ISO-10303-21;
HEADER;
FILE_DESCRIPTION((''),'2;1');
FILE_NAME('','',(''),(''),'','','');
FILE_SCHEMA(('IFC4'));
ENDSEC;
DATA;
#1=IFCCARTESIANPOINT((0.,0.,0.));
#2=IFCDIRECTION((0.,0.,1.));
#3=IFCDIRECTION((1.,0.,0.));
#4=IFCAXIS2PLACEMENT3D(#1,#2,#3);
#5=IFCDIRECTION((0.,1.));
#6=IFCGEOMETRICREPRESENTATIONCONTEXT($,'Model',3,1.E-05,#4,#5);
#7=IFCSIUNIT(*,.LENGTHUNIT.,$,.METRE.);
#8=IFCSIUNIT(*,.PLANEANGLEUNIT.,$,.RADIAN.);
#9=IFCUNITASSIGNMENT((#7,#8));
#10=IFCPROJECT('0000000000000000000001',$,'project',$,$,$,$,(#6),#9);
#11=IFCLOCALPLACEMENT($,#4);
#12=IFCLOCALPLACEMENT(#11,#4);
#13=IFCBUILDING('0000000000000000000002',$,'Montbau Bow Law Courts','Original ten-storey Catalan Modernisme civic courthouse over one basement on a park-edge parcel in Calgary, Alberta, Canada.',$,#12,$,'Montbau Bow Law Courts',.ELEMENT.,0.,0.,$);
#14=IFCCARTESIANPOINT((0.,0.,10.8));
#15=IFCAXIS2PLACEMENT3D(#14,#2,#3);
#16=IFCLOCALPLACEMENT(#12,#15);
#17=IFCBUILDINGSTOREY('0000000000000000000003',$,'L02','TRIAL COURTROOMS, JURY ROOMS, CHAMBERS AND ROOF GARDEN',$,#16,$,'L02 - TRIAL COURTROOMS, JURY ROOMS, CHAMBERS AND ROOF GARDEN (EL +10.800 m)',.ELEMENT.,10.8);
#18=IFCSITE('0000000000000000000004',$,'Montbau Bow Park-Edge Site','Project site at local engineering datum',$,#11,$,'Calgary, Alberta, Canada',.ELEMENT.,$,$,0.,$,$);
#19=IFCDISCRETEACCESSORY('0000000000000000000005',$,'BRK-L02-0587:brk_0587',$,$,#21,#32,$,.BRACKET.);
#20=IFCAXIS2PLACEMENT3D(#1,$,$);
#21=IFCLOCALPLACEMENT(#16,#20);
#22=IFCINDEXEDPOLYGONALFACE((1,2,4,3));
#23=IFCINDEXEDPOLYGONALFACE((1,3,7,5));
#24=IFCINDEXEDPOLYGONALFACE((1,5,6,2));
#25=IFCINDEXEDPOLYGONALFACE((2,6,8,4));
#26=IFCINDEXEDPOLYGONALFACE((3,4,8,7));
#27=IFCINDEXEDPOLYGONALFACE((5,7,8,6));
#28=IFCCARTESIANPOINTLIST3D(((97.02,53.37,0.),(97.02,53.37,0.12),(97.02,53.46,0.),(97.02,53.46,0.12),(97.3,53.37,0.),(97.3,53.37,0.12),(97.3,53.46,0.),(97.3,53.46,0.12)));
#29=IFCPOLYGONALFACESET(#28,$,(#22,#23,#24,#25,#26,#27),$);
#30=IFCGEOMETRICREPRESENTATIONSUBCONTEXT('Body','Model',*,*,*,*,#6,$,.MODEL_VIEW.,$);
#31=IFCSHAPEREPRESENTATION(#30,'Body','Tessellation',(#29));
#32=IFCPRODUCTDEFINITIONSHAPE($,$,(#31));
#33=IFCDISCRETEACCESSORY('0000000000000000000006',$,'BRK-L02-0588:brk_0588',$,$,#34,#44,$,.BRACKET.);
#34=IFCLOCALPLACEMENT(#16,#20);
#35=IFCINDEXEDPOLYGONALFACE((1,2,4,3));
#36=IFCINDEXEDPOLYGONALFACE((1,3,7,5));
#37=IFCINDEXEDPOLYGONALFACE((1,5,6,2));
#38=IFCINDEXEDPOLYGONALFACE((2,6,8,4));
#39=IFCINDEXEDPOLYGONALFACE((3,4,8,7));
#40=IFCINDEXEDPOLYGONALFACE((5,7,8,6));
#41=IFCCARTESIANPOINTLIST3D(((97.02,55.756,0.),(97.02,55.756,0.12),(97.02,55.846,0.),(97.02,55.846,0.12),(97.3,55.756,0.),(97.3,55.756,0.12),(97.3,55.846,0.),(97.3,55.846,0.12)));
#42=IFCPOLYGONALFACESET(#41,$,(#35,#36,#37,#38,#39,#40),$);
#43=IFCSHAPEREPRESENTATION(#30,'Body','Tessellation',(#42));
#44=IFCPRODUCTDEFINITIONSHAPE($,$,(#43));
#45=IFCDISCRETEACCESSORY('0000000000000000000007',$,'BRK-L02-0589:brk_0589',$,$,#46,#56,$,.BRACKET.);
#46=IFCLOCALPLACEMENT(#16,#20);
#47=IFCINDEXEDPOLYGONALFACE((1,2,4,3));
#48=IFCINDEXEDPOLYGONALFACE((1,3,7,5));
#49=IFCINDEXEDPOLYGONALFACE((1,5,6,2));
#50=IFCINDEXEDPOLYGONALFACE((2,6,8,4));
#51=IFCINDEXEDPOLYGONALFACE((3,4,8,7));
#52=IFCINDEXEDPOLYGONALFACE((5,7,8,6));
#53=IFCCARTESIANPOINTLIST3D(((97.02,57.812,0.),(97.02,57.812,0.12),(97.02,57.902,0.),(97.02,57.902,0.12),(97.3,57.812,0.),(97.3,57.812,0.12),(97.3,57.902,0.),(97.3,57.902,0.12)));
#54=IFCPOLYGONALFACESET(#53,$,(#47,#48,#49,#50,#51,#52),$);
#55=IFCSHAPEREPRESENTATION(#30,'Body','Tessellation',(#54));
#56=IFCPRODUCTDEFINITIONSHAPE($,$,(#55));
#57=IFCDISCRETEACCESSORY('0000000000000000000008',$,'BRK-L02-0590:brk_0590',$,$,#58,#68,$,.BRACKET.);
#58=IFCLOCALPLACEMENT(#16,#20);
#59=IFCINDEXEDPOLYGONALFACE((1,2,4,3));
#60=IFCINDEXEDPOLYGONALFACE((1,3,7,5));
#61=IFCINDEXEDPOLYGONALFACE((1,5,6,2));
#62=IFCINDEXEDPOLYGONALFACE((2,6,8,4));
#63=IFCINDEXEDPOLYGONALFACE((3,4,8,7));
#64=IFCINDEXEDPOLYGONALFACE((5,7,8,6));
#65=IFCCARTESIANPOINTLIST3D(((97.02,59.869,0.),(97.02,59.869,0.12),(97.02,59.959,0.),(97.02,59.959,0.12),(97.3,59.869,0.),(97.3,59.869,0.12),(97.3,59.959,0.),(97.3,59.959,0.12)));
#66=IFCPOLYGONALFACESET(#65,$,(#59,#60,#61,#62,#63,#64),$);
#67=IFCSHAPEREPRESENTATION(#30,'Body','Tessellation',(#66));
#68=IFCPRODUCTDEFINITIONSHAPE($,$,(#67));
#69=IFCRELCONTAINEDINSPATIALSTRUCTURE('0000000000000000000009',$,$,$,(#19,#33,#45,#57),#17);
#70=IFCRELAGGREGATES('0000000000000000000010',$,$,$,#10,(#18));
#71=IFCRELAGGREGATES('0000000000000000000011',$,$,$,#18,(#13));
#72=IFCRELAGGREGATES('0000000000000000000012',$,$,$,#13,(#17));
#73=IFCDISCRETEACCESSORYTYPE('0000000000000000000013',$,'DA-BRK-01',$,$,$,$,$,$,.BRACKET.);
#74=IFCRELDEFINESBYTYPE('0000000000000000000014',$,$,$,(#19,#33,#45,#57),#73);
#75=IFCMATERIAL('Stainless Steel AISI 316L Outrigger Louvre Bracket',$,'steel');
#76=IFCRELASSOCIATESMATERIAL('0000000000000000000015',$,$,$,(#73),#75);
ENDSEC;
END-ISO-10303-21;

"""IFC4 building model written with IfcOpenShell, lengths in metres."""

from ifc_helpers import new_model, si_unit, direction, frame, origin_with_axes, origin_2d_with_axis, place, context, subcontext, project, spatial, rectangle, extrude, material, type_object, element, save


model = new_model("IFC4")

# Units and contexts
model_context = context("Model", 3, precision=1e-05, world=origin_with_axes(), true_north=direction((0.0, 1.0)))
body_context = subcontext(model_context, "Body", "Model", "MODEL_VIEW")
ifc_project = project(units=[si_unit("LENGTHUNIT", "METRE"), si_unit("PLANEANGLEUNIT", "RADIAN")], contexts=[model_context])

# Site, building, storey
site_placement = place(None, origin_with_axes())
site = spatial("IfcSite", under=ifc_project, at=site_placement, Name="Montbau Bow Park-Edge Site", Description="Project site at local engineering datum", LongName="Calgary, Alberta, Canada", CompositionType="ELEMENT", RefElevation=0.0)
building_placement = place(site_placement, origin_with_axes())
building = spatial("IfcBuilding", under=site, at=building_placement, Name="Montbau Bow Law Courts", Description="Original ten-storey Catalan Modernisme civic courthouse over one basement on a park-edge parcel in Calgary, Alberta, Canada.", LongName="Montbau Bow Law Courts", CompositionType="ELEMENT", ElevationOfRefHeight=0.0, ElevationOfTerrain=0.0)
storey_placement = place(building_placement, frame((0.0, 0.0, 10.8), z_axis=(0.0, 0.0, 1.0), x_axis=(1.0, 0.0, 0.0)))
storey = spatial("IfcBuildingStorey", under=building, at=storey_placement, Name="L02", Description="TRIAL COURTROOMS, JURY ROOMS, CHAMBERS AND ROOF GARDEN", LongName="L02 - TRIAL COURTROOMS, JURY ROOMS, CHAMBERS AND ROOF GARDEN (EL +10.800 m)", CompositionType="ELEMENT", Elevation=10.8)

# Discrete accessories
ifc_material_1 = material(Name="Stainless Steel AISI 316L Outrigger Louvre Bracket", Category="steel")
discrete_accessory_type = type_object("IfcDiscreteAccessoryType", Name="DA-BRK-01", PredefinedType="BRACKET", material=ifc_material_1)
for number, where, z_axis, x_axis, name in (
    (1, (97.16, 53.415, 10.8), (0.0, 0.0, 1.0), (1.0, 0.0, 0.0), "BRK-L02-0587:brk_0587"),
    (2, (97.16, 55.801, 10.8), (0.0, 0.0, 1.0), (1.0, 0.0, 0.0), "BRK-L02-0588:brk_0588"),
    (3, (97.16, 57.857, 10.8), (0.0, 0.0, 1.0), (1.0, 0.0, 0.0), "BRK-L02-0589:brk_0589"),
    (4, (97.16, 59.914, 10.8), (0.0, 0.0, 1.0), (1.0, 0.0, 0.0), "BRK-L02-0590:brk_0590"),
):
    element("IfcDiscreteAccessory", number, at=place(None, frame(where, z_axis=z_axis, x_axis=x_axis)), inside=storey, type_object=discrete_accessory_type, Name=name, PredefinedType="BRACKET", context=body_context, shape_type="SweptSolid", body=[
        extrude(rectangle(XDim=0.28, YDim=0.09, at=origin_2d_with_axis()), origin_with_axes(), (0.0, 0.0, 1.0), 0.12),
    ])

save(model, "model.ifc")
